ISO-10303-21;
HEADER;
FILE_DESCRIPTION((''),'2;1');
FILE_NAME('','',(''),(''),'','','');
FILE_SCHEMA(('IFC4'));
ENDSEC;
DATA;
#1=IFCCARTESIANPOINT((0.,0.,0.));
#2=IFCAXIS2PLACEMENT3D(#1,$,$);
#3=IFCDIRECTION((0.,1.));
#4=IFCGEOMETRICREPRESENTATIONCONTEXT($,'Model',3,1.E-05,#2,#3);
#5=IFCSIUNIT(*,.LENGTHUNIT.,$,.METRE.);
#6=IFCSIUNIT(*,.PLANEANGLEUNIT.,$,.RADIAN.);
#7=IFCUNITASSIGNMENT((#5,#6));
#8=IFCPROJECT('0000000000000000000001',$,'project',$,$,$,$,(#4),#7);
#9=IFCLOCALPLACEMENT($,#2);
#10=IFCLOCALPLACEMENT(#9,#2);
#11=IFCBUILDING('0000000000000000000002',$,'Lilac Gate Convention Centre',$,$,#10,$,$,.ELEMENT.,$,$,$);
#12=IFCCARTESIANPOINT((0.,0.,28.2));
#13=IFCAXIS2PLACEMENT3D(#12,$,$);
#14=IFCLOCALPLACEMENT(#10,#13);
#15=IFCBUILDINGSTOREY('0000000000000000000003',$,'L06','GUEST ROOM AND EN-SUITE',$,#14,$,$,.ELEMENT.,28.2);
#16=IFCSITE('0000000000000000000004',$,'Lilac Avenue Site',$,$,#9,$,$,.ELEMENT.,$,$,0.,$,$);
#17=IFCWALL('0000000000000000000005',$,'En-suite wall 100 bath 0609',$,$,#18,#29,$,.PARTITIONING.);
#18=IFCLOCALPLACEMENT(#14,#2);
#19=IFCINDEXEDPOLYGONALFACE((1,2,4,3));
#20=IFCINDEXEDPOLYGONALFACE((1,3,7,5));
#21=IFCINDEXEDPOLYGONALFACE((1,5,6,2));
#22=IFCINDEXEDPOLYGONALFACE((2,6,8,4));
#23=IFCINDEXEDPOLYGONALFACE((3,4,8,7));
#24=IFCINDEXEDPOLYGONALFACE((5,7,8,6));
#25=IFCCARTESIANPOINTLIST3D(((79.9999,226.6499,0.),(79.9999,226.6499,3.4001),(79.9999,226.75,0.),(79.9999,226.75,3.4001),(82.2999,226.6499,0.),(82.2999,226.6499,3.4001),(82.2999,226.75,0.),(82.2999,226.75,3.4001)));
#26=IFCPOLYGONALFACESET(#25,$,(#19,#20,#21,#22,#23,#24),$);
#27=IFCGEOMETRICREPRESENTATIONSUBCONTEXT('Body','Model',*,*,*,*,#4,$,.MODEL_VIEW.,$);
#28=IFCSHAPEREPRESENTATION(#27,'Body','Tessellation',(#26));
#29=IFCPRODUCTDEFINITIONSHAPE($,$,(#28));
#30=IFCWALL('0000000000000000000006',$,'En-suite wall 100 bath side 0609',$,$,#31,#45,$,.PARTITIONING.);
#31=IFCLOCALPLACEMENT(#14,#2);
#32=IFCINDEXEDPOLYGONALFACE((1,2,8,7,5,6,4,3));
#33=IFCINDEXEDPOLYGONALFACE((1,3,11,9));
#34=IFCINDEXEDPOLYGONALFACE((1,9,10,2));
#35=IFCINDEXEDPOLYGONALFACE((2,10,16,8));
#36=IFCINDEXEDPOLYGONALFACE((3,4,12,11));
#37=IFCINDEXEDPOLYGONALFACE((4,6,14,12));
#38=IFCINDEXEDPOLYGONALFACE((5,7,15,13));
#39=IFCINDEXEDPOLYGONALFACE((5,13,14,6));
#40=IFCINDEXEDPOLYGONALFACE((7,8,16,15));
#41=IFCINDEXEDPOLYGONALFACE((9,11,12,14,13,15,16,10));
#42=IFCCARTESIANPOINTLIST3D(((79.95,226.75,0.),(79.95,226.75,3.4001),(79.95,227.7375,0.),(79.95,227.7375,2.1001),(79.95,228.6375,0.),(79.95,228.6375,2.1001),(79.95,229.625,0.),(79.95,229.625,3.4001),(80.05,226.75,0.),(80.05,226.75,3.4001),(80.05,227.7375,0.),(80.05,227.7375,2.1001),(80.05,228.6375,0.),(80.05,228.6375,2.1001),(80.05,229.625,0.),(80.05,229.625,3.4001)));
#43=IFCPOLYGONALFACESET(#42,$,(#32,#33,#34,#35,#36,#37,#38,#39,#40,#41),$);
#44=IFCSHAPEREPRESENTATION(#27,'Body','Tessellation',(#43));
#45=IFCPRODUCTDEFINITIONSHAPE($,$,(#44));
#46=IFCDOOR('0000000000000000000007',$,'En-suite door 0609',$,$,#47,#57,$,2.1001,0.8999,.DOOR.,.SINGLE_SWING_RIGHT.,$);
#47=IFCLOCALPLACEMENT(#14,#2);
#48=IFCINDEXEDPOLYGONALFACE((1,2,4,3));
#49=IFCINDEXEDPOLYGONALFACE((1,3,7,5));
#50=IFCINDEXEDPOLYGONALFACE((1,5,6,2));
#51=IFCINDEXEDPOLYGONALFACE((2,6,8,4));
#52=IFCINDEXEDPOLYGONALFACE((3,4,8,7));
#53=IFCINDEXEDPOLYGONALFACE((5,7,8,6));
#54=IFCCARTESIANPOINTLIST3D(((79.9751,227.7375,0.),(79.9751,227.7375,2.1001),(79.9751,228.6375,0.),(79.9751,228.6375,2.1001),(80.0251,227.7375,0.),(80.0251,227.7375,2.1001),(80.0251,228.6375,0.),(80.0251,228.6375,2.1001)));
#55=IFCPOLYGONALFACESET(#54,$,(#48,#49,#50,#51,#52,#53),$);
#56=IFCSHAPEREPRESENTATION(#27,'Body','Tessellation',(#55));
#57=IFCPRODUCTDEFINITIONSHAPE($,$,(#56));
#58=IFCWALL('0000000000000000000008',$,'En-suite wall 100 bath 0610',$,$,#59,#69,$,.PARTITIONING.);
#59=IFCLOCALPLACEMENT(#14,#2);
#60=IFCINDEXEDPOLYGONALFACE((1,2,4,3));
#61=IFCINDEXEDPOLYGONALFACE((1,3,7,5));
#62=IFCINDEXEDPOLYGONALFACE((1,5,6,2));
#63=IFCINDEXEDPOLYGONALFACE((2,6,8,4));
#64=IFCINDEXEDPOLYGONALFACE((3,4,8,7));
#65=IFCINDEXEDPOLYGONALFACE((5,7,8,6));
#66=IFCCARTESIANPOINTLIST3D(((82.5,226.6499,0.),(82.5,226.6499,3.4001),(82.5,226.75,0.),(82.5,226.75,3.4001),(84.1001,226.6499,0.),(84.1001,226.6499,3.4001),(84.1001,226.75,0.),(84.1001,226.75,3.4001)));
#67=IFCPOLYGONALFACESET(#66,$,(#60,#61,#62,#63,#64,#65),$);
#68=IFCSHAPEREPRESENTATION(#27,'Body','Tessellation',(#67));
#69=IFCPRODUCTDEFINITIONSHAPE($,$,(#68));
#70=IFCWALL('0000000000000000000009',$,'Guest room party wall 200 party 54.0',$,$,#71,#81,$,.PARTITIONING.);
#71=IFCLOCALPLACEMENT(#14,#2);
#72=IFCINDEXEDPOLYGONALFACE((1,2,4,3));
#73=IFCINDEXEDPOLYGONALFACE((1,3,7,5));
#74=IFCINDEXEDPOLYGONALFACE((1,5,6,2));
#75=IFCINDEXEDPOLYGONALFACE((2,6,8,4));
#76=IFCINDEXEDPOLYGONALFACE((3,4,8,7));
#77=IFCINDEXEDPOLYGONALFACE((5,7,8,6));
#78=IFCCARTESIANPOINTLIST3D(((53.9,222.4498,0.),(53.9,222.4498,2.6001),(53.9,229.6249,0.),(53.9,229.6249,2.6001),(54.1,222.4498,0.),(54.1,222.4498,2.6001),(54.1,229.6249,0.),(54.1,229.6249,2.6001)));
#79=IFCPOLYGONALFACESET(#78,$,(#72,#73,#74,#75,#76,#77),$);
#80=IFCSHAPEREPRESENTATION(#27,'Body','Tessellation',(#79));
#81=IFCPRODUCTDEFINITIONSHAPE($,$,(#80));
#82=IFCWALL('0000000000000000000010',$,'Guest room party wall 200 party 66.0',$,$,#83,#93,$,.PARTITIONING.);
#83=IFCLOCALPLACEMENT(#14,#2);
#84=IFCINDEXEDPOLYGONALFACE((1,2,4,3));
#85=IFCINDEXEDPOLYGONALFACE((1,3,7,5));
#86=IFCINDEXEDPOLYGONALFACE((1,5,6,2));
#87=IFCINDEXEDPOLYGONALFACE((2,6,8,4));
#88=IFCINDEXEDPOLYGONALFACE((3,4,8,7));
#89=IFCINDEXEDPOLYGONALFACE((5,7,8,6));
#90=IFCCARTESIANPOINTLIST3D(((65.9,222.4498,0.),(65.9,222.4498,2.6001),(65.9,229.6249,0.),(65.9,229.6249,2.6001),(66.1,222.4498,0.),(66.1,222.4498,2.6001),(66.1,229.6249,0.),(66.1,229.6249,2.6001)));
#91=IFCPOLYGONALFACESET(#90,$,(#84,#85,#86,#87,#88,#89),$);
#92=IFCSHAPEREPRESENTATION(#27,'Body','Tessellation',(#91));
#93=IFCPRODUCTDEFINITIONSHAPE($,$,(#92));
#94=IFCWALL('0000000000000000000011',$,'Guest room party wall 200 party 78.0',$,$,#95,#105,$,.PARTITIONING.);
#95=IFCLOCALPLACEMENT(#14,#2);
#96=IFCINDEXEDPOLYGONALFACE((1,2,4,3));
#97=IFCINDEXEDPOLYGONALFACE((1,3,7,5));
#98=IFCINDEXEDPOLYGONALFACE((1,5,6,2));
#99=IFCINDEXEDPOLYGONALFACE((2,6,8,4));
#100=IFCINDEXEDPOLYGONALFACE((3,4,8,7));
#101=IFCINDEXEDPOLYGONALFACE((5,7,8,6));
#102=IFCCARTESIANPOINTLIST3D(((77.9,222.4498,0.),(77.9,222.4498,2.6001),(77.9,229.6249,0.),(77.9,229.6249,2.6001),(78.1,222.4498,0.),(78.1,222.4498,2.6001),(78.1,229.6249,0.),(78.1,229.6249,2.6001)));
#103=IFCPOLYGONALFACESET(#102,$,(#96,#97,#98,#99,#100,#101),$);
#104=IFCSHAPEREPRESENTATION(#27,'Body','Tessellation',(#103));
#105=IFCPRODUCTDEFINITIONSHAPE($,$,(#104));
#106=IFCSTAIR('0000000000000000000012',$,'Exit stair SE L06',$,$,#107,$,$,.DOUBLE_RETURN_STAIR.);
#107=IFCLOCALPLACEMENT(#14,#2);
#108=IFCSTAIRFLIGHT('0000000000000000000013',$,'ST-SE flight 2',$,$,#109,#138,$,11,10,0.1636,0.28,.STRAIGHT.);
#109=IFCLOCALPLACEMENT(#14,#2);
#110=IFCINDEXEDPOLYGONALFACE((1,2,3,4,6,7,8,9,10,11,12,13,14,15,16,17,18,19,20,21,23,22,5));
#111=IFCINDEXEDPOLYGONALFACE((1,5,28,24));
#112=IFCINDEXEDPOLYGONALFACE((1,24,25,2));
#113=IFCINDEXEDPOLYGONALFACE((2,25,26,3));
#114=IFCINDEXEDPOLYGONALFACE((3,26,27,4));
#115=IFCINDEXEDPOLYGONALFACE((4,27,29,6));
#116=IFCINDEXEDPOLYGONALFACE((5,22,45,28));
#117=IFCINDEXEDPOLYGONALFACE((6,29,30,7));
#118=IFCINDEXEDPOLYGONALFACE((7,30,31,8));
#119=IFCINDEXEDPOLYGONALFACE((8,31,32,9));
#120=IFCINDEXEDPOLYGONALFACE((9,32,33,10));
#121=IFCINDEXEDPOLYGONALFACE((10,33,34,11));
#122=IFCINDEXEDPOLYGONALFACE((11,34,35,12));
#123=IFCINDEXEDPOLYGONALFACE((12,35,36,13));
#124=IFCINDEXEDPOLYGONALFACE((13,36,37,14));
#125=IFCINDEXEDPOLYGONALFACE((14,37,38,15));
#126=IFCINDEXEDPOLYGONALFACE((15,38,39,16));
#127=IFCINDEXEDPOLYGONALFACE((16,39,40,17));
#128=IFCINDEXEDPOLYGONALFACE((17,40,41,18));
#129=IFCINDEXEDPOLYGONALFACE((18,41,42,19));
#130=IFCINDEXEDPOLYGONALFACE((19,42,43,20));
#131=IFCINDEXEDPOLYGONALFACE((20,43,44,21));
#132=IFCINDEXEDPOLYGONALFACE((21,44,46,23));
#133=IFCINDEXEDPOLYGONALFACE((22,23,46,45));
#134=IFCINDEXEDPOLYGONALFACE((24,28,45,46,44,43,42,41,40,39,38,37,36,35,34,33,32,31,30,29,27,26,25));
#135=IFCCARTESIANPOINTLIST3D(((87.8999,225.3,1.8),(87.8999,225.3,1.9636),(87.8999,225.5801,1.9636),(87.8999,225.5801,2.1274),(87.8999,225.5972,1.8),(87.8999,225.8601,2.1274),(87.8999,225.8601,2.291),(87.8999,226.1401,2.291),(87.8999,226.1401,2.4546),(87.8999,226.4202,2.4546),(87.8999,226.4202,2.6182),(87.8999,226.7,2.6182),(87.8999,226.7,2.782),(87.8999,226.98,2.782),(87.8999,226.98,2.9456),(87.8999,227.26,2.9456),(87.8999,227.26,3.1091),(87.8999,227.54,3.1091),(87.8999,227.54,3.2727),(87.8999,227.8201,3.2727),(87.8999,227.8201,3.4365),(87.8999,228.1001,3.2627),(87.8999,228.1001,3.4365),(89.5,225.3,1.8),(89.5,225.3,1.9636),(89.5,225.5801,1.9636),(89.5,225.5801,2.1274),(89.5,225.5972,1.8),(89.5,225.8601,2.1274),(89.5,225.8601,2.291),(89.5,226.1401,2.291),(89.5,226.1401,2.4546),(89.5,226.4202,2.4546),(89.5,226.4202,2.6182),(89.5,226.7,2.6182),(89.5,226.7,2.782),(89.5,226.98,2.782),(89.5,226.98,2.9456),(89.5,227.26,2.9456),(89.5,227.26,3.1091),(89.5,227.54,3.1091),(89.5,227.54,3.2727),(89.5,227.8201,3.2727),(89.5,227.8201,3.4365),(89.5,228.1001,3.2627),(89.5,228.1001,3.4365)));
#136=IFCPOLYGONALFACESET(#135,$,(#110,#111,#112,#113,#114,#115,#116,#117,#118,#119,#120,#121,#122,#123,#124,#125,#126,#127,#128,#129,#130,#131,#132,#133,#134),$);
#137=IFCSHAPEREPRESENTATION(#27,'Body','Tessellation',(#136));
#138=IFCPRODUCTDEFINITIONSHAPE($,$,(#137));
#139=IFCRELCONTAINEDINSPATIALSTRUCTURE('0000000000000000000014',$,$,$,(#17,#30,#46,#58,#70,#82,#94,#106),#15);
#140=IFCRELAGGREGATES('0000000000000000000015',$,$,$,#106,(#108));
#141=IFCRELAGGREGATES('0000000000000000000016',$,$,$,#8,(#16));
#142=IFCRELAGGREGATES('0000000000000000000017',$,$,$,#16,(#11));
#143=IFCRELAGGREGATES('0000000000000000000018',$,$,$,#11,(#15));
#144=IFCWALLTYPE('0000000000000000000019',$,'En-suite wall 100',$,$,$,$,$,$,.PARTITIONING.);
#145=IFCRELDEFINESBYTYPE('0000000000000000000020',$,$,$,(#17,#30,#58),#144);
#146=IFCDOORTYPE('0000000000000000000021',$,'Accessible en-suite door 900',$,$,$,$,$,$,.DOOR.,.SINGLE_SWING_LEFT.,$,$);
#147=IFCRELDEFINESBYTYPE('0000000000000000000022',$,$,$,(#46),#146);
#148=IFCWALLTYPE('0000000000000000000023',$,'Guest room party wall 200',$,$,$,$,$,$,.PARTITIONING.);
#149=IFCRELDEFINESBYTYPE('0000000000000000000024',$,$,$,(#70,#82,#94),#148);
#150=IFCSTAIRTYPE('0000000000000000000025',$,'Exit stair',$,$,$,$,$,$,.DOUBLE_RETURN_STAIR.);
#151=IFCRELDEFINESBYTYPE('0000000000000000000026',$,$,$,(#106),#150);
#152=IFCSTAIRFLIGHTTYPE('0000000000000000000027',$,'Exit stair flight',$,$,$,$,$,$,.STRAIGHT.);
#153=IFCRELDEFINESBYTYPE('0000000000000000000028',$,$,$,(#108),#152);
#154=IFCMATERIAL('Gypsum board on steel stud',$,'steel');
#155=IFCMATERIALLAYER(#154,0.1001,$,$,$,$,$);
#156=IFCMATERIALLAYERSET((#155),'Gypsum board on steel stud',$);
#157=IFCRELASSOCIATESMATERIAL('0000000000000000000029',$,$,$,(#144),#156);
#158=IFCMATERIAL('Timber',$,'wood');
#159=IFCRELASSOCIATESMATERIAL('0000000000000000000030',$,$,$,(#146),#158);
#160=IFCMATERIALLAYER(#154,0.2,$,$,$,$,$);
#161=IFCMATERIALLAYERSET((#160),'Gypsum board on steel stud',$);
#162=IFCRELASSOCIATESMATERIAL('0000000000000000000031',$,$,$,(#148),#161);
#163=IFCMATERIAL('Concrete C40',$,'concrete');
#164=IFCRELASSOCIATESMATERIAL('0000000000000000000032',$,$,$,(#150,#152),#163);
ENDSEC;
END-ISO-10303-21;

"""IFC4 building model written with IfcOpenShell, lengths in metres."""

from ifc_helpers import new_model, si_unit, direction, frame, frame_2d, origin, place, context, subcontext, project, spatial, polyline, rectangle, outline, extrude, material, layer, layer_set, type_object, element, fill, aggregate, save


model = new_model("IFC4")

# Units and contexts
model_context = context("Model", 3, precision=1e-05, world=origin(), true_north=direction((0.0, 1.0)))
body_context = subcontext(model_context, "Body", "Model", "MODEL_VIEW")
ifc_project = project(units=[si_unit("LENGTHUNIT", "METRE"), si_unit("PLANEANGLEUNIT", "RADIAN")], contexts=[model_context])

# Site, building, storey
site_placement = place(None, origin())
site = spatial("IfcSite", under=ifc_project, at=site_placement, Name="Lilac Avenue Site", CompositionType="ELEMENT", RefElevation=0.0)
building_placement = place(site_placement, origin())
building = spatial("IfcBuilding", under=site, at=building_placement, Name="Lilac Gate Convention Centre", CompositionType="ELEMENT")
storey_placement = place(building_placement, frame((0.0, 0.0, 28.2)))
storey = spatial("IfcBuildingStorey", under=building, at=storey_placement, Name="L06", Description="GUEST ROOM AND EN-SUITE", CompositionType="ELEMENT", Elevation=28.2)

# Shared definitions
ifc_material_1 = material(Name="Gypsum board on steel stud", Category="steel")
ifc_layer_1 = layer(ifc_material_1, 0.1001)
ifc_layer_set_1 = layer_set([ifc_layer_1], Name="Gypsum board on steel stud")
wall_type_1 = type_object("IfcWallType", Name="En-suite wall 100", PredefinedType="PARTITIONING", material=ifc_layer_set_1)

# Shared definitions
ifc_material_2 = material(Name="Timber", Category="wood")

# Wall
wall_1_placement = place(storey_placement, frame((80.0, 226.7, 0.0), z_axis=(0.0, 0.0, 1.0), x_axis=(1.0, 0.0, 0.0)))
element("IfcWall", 1, at=wall_1_placement, inside=storey, type_object=wall_type_1, Name="En-suite wall 100 bath 0609", PredefinedType="PARTITIONING", context=body_context, shape_type="SweptSolid", body=[
    extrude(rectangle(XDim=2.3, YDim=0.1001, at=frame_2d((1.1499, 0.0))), origin(), (0.0, 0.0, 1.0), 3.4001),
])

# Wall, opening, door
wall_2_placement = place(storey_placement, frame((80.0, 226.75, 0.0), z_axis=(0.0, 0.0, 1.0), x_axis=(0.0, 1.0, 0.0)))
wall_2 = element("IfcWall", 2, at=wall_2_placement, inside=storey, type_object=wall_type_1, Name="En-suite wall 100 bath side 0609", PredefinedType="PARTITIONING", context=body_context, shape_type="SweptSolid", body=[
    extrude(rectangle(XDim=2.875, YDim=0.1001, at=frame_2d((1.4375, 0.0))), origin(), (0.0, 0.0, 1.0), 3.4001),
])
opening_1_placement = place(wall_2_placement, frame((0.9875, 0.0, 0.0)))
opening_1 = element("IfcOpeningElement", 3, at=opening_1_placement, cuts=wall_2, PredefinedType="OPENING", context=body_context, shape_type="SweptSolid", body=[
    extrude(rectangle(XDim=0.8999, YDim=2.1001, at=frame_2d((0.45, 1.05))), frame((0.0, 0.0601, 0.0), z_axis=(0.0, -1.0, 0.0), x_axis=(1.0, 0.0, 0.0)), (0.0, 0.0, 1.0), 0.1201),
])
door_type_1 = type_object("IfcDoorType", Name="Accessible en-suite door 900", OperationType="SINGLE_SWING_LEFT", PredefinedType="DOOR", material=ifc_material_2)
door_1_placement = place(opening_1_placement, origin())
door_1 = element("IfcDoor", 4, at=door_1_placement, inside=storey, type_object=door_type_1, Name="En-suite door 0609", OperationType="SINGLE_SWING_RIGHT", OverallHeight=2.1001, OverallWidth=0.8999, PredefinedType="DOOR", context=body_context, shape_type="SweptSolid", body=[
    extrude(rectangle(XDim=0.8999, YDim=2.1001, at=frame_2d((0.45, 1.05))), frame((0.0, 0.0249, 0.0), z_axis=(0.0, -1.0, 0.0), x_axis=(1.0, 0.0, 0.0)), (0.0, 0.0, 1.0), 0.05),
])
fill(opening_1, door_1)

# Walls
wall_3_placement = place(storey_placement, frame((82.5, 226.7, 0.0), z_axis=(0.0, 0.0, 1.0), x_axis=(1.0, 0.0, 0.0)))
element("IfcWall", 5, at=wall_3_placement, inside=storey, type_object=wall_type_1, Name="En-suite wall 100 bath 0610", PredefinedType="PARTITIONING", context=body_context, shape_type="SweptSolid", body=[
    extrude(rectangle(XDim=1.6001, YDim=0.1001, at=frame_2d((0.8, 0.0))), origin(), (0.0, 0.0, 1.0), 3.4001),
])
ifc_layer_2 = layer(ifc_material_1, 0.2)
ifc_layer_set_2 = layer_set([ifc_layer_2], Name="Gypsum board on steel stud")
wall_type_2 = type_object("IfcWallType", Name="Guest room party wall 200", PredefinedType="PARTITIONING", material=ifc_layer_set_2)
for number, where, z_axis, x_axis, name in (
    (6, (54.0, 222.45, 0.0), (0.0, 0.0, 1.0), (0.0, 1.0, 0.0), "Guest room party wall 200 party 54.0"),
    (7, (66.0, 222.45, 0.0), (0.0, 0.0, 1.0), (0.0, 1.0, 0.0), "Guest room party wall 200 party 66.0"),
    (8, (78.0, 222.45, 0.0), (0.0, 0.0, 1.0), (0.0, 1.0, 0.0), "Guest room party wall 200 party 78.0"),
):
    element("IfcWall", number, at=place(storey_placement, frame(where, z_axis=z_axis, x_axis=x_axis)), inside=storey, type_object=wall_type_2, Name=name, PredefinedType="PARTITIONING", context=body_context, shape_type="SweptSolid", body=[
        extrude(rectangle(XDim=7.175, YDim=0.2, at=frame_2d((3.5874, 0.0))), origin(), (0.0, 0.0, 1.0), 2.6001),
    ])

# Stair, stair flight
ifc_material_3 = material(Name="Concrete C40", Category="concrete")
stair_type = type_object("IfcStairType", Name="Exit stair", PredefinedType="DOUBLE_RETURN_STAIR", material=ifc_material_3)
stair_placement = place(storey_placement, origin())
stair = element("IfcStair", 9, at=stair_placement, inside=storey, type_object=stair_type, Name="Exit stair SE L06", PredefinedType="DOUBLE_RETURN_STAIR")
stair_flight_type = type_object("IfcStairFlightType", Name="Exit stair flight", PredefinedType="STRAIGHT", material=ifc_material_3)
stair_flight_placement = place(storey_placement, frame((88.7, 225.3, 1.8), z_axis=(0.0, 0.0, 1.0), x_axis=(0.0, 1.0, 0.0)))
stair_flight = element("IfcStairFlight", 10, at=stair_flight_placement, type_object=stair_flight_type, Name="ST-SE flight 2", NumberOfRisers=11, NumberOfTreads=10, PredefinedType="STRAIGHT", RiserHeight=0.1636, TreadLength=0.28, context=body_context, shape_type="SweptSolid", body=[
    extrude(outline(polyline([(0.0, 0.0), (0.0, 0.1636), (0.28, 0.1636), (0.28, 0.3274), (0.5601, 0.3274), (0.5601, 0.491), (0.8401, 0.491), (0.8401, 0.6545), (1.1201, 0.6545), (1.1201, 0.8181), (1.3999, 0.8181), (1.3999, 0.9819), (1.6799, 0.9819), (1.6799, 1.1455), (1.96, 1.1455), (1.96, 1.3091), (2.24, 1.3091), (2.24, 1.4727), (2.52, 1.4727), (2.52, 1.6365), (2.8, 1.6365), (2.8, 1.8), (2.8, 1.4626), (0.2971, 0.0), (0.0, 0.0)])), frame((0.0, 0.8, 0.0), z_axis=(0.0, -1.0, 0.0), x_axis=(1.0, 0.0, 0.0)), (0.0, 0.0, 1.0), 1.6001),
])
aggregate(stair, [stair_flight])

save(model, "model.ifc")
